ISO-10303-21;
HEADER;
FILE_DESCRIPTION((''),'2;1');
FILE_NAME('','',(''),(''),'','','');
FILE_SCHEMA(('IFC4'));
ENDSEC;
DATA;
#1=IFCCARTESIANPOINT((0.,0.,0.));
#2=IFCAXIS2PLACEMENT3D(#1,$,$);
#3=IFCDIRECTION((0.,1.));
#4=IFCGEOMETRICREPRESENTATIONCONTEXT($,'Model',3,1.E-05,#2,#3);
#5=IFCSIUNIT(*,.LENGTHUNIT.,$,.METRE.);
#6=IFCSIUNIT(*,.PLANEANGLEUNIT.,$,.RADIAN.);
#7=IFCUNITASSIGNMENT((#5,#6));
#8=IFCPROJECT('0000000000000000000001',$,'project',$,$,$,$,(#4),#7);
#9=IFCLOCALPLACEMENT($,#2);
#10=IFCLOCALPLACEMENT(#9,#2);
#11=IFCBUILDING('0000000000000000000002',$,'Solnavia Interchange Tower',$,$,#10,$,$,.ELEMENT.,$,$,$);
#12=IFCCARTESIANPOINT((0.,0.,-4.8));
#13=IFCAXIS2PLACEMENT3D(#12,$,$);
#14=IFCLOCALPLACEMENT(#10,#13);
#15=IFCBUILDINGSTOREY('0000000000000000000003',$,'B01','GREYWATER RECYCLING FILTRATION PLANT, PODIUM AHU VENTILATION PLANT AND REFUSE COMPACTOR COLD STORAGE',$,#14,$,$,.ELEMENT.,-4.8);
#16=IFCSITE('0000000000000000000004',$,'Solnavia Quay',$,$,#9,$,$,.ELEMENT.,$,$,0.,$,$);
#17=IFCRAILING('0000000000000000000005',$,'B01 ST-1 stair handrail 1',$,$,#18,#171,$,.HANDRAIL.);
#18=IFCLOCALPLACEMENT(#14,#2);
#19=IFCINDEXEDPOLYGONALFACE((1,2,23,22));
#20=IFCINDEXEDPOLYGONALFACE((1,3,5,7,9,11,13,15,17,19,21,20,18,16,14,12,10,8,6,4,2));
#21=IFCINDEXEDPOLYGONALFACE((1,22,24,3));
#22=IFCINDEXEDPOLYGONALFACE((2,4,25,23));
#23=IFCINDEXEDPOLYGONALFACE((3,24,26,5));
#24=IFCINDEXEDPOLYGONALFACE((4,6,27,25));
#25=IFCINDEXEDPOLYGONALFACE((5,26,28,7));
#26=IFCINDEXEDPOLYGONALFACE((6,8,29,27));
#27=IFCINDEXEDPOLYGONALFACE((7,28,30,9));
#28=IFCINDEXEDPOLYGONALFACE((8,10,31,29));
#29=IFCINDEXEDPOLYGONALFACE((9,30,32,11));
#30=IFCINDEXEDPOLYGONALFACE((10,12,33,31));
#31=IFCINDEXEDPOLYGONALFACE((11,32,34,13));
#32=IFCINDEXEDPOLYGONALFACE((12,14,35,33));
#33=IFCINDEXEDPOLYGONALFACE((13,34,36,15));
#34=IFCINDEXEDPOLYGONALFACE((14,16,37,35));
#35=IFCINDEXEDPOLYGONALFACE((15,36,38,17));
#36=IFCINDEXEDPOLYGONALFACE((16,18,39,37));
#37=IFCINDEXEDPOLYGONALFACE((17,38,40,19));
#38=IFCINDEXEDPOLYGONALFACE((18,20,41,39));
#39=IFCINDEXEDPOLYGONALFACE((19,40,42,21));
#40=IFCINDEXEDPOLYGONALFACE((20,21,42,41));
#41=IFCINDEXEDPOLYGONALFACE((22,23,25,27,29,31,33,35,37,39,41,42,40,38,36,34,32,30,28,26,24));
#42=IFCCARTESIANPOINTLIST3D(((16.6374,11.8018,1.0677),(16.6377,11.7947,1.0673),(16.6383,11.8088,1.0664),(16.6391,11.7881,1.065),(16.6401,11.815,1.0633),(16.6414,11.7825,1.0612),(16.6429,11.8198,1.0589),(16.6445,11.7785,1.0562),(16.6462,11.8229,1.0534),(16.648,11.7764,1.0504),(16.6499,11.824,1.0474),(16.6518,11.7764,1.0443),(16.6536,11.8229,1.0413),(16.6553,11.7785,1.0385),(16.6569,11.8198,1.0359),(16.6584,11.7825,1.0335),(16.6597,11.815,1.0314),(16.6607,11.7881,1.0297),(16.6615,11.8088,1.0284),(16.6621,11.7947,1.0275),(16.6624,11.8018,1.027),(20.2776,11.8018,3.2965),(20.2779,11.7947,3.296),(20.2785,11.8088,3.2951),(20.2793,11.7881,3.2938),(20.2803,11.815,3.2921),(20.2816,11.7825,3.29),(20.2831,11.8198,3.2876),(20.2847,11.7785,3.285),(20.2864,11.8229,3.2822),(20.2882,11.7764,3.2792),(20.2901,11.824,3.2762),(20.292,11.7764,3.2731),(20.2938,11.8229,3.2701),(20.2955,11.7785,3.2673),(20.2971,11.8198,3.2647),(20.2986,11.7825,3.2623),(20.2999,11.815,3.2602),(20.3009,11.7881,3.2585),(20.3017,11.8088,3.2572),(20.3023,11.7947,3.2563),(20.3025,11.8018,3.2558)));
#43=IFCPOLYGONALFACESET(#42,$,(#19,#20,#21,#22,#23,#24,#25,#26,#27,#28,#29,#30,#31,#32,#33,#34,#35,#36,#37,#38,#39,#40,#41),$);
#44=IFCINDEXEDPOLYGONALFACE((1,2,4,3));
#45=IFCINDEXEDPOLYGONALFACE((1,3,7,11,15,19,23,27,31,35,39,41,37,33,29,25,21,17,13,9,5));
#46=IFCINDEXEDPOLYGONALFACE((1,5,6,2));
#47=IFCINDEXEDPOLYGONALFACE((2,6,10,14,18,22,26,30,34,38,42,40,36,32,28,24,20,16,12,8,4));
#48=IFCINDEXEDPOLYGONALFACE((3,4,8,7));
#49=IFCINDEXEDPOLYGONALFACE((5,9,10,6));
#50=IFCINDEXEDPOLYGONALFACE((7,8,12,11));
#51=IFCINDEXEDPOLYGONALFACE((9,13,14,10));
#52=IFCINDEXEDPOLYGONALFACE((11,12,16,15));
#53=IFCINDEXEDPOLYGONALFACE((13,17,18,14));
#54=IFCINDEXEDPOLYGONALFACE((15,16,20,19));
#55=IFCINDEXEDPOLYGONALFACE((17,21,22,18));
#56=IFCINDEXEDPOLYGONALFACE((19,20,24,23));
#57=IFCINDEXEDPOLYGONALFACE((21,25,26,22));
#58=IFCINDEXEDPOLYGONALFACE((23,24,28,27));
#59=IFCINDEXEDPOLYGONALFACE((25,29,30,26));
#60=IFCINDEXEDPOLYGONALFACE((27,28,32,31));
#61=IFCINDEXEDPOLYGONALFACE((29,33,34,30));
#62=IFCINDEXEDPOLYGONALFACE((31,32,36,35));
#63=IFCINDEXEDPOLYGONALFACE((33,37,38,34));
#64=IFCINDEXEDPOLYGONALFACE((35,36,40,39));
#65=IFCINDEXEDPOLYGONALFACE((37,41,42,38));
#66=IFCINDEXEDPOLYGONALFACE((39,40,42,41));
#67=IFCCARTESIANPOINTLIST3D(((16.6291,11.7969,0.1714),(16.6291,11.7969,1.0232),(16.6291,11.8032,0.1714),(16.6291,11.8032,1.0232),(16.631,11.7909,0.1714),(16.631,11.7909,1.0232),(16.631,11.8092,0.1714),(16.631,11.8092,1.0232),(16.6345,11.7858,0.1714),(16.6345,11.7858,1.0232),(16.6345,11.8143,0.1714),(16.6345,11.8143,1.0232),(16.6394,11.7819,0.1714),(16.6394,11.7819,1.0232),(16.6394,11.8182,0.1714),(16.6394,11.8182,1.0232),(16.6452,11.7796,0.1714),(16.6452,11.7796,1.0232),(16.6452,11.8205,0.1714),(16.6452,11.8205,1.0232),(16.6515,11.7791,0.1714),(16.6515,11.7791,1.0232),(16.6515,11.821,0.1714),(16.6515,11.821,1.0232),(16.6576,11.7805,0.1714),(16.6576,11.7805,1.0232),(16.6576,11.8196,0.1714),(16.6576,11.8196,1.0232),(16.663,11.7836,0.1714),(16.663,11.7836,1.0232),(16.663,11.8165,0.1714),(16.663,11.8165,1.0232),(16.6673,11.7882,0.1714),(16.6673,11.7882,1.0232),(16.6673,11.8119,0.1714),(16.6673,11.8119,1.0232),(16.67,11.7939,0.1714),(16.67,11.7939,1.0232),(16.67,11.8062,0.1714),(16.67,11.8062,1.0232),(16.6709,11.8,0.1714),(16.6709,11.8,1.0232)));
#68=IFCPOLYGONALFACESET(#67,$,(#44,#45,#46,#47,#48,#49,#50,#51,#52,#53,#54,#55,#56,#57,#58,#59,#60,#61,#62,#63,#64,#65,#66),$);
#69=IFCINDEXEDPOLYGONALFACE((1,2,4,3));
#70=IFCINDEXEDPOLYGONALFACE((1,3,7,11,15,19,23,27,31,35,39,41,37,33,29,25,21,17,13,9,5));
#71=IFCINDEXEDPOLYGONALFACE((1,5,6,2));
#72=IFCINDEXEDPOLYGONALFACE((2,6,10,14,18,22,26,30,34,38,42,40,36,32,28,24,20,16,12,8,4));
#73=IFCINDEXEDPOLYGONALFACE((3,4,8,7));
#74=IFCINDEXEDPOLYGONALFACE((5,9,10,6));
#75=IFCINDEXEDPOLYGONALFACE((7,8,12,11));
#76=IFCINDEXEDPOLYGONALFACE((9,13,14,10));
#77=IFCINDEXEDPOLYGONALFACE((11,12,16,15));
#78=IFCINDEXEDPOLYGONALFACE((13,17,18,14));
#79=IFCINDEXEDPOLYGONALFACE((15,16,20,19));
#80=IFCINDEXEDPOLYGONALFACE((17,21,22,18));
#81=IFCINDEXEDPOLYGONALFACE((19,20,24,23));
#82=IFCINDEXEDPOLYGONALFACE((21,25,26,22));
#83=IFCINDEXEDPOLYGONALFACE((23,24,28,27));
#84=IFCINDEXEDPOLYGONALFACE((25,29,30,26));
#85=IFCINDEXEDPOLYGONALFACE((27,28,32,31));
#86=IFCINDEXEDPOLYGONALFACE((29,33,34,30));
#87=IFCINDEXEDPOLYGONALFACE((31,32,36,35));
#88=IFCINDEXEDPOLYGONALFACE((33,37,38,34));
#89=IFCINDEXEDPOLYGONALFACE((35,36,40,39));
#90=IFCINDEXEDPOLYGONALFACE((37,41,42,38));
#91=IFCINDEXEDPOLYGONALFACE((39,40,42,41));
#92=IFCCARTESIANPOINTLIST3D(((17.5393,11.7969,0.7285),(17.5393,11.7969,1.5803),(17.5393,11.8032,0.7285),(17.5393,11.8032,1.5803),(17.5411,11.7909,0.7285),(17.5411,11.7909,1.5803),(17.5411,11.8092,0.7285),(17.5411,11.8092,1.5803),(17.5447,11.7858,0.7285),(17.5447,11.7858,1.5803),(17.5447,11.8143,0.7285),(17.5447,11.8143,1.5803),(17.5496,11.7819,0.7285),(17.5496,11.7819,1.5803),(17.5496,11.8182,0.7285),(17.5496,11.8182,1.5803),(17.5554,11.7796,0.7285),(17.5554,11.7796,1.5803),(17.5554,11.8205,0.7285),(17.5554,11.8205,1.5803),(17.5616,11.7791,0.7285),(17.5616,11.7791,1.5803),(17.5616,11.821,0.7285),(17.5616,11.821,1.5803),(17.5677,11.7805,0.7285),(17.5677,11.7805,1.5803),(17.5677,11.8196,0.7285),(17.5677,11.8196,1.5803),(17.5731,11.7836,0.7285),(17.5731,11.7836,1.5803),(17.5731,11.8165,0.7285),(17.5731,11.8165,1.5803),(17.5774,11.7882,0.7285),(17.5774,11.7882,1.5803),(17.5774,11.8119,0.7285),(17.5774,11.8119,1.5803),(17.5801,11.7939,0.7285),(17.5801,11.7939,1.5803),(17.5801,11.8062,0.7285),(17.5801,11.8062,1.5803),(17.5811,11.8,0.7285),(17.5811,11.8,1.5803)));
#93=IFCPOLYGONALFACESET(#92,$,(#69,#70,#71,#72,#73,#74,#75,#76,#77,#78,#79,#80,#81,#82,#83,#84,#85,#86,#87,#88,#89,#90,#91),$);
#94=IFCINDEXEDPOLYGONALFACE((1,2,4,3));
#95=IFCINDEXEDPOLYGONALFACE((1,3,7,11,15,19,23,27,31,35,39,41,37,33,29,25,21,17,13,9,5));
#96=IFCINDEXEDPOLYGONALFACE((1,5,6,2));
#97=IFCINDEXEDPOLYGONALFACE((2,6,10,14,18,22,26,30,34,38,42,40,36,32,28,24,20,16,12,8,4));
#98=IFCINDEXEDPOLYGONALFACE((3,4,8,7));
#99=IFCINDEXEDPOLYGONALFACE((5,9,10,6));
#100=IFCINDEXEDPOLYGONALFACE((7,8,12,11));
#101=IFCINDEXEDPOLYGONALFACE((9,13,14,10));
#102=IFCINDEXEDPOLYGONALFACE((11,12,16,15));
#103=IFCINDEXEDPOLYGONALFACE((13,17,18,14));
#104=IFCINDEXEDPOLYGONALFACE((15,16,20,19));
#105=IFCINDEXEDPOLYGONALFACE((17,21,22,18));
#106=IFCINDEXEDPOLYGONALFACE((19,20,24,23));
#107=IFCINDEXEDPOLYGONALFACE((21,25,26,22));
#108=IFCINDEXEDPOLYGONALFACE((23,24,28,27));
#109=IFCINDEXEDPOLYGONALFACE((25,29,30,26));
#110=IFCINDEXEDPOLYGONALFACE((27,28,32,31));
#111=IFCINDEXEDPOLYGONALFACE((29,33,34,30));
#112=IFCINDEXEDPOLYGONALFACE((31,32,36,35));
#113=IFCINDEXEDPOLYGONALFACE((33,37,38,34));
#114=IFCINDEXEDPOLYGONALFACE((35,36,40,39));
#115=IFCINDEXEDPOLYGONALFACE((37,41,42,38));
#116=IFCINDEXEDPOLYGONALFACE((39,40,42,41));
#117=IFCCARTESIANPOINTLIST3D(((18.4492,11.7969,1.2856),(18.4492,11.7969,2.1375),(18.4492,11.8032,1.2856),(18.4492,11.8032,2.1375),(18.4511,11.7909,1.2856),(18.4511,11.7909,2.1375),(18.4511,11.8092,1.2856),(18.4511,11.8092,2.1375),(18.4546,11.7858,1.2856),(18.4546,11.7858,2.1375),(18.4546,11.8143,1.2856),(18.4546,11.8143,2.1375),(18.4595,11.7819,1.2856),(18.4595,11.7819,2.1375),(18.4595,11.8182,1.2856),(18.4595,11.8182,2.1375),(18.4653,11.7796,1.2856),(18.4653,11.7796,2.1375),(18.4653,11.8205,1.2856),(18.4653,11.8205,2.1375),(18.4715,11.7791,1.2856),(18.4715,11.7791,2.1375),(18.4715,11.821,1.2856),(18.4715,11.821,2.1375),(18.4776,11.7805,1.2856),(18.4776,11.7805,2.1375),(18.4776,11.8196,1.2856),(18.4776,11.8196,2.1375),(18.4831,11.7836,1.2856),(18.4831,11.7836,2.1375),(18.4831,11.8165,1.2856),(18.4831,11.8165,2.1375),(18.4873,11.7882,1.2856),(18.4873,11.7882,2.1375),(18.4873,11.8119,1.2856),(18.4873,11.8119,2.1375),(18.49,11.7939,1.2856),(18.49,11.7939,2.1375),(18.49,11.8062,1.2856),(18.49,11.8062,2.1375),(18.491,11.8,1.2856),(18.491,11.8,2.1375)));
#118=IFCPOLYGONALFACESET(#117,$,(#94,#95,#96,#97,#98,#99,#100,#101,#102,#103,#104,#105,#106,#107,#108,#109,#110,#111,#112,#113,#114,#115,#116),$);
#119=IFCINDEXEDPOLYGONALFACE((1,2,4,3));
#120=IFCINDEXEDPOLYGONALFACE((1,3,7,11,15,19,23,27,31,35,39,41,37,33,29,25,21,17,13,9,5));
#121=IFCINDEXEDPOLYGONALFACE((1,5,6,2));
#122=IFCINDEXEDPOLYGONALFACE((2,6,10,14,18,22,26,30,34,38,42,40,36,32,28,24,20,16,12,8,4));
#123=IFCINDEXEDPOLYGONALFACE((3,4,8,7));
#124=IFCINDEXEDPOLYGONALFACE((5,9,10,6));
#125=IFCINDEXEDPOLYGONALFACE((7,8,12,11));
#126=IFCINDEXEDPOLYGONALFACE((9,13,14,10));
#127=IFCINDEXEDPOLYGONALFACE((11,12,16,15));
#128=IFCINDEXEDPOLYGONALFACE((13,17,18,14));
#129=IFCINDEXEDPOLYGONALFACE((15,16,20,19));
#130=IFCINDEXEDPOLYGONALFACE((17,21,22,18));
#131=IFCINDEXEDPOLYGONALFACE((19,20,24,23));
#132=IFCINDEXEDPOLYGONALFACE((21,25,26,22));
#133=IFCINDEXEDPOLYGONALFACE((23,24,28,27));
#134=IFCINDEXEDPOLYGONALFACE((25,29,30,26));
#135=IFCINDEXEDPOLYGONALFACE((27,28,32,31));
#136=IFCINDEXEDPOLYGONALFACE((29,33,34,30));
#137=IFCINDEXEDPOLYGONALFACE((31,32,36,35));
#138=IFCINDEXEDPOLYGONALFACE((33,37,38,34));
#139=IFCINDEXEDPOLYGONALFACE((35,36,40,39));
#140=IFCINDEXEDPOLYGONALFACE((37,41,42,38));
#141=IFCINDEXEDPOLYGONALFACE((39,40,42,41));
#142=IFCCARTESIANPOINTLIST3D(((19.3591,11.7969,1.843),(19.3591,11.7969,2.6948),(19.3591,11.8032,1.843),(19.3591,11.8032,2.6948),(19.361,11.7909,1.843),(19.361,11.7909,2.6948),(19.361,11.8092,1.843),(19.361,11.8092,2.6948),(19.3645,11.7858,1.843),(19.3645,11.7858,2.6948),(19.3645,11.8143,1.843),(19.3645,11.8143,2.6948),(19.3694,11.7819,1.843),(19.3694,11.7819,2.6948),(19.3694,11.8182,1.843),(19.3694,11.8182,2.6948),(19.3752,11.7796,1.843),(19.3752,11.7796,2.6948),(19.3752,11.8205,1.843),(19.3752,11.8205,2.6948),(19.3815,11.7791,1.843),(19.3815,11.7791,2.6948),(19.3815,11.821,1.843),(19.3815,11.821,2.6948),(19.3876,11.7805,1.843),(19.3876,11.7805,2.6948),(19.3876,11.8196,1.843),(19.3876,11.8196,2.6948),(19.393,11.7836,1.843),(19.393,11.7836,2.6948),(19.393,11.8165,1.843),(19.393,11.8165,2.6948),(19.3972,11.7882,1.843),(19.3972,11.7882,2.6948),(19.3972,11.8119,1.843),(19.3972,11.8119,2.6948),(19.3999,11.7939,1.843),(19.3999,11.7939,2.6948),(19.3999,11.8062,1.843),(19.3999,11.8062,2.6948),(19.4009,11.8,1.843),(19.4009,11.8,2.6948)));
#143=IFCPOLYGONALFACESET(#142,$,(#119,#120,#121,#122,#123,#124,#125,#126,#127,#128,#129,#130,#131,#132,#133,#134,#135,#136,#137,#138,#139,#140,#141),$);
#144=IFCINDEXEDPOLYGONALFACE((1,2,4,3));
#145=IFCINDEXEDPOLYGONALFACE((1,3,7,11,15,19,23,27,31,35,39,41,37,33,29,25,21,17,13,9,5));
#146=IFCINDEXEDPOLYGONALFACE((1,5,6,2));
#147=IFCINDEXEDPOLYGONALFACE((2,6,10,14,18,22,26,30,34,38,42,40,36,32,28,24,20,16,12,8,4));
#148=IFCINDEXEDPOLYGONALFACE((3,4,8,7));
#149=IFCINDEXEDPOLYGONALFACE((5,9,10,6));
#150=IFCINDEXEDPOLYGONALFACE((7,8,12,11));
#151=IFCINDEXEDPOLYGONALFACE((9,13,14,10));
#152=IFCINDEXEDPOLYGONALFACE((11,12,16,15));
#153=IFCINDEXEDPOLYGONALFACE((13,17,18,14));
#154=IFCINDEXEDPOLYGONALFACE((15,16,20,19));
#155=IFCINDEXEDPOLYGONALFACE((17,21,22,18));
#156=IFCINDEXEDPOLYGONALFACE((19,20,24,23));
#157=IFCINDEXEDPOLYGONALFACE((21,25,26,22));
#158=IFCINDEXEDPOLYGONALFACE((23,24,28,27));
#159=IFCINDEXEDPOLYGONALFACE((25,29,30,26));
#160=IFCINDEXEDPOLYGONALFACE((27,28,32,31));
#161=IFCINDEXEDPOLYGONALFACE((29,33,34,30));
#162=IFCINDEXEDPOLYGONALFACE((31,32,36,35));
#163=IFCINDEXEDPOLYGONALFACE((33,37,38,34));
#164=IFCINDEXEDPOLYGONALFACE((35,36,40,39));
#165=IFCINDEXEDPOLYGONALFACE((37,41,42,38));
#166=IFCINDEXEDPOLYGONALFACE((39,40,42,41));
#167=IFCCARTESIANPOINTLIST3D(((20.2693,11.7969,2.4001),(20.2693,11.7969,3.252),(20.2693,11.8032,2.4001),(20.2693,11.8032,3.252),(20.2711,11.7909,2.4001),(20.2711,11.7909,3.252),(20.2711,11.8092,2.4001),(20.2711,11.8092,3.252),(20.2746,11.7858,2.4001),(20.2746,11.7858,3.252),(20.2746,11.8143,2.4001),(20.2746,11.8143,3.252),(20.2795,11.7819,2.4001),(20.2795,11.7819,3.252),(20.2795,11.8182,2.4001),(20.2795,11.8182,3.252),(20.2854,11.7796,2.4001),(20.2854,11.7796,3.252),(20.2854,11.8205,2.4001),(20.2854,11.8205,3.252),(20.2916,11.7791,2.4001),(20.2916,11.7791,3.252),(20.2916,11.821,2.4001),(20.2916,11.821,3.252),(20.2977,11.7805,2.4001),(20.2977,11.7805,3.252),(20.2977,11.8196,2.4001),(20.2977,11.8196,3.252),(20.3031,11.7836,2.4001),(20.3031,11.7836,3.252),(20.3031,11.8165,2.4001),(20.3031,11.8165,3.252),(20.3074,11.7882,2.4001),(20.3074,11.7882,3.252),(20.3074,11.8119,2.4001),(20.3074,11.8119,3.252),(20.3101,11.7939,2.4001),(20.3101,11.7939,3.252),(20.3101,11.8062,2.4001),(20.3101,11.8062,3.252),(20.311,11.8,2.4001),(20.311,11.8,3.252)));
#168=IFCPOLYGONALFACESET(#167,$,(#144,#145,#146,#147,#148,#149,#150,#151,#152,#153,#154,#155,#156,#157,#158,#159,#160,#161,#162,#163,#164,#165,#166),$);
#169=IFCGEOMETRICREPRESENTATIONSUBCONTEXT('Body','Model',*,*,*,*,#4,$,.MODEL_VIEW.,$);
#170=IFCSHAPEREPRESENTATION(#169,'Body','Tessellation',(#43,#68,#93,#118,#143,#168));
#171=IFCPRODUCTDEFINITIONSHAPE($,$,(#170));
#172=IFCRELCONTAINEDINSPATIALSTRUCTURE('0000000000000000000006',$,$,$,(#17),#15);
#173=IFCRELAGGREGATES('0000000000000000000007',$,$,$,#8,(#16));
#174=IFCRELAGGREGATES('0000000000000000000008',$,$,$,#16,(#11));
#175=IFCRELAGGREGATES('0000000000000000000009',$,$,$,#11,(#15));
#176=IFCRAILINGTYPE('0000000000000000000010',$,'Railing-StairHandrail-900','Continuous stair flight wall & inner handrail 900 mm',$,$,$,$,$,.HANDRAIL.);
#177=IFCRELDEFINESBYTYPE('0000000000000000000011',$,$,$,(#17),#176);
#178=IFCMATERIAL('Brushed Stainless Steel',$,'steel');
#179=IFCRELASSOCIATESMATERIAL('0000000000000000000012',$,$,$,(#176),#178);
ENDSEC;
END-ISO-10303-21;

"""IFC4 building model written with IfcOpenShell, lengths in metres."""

from ifc_helpers import new_model, si_unit, direction, frame, origin, origin_2d, place, context, subcontext, project, spatial, circle, extrude, material, type_object, element, save


model = new_model("IFC4")

# Units and contexts
model_context = context("Model", 3, precision=1e-05, world=origin(), true_north=direction((0.0, 1.0)))
body_context = subcontext(model_context, "Body", "Model", "MODEL_VIEW")
ifc_project = project(units=[si_unit("LENGTHUNIT", "METRE"), si_unit("PLANEANGLEUNIT", "RADIAN")], contexts=[model_context])

# Site, building, storey
site_placement = place(None, origin())
site = spatial("IfcSite", under=ifc_project, at=site_placement, Name="Solnavia Quay", CompositionType="ELEMENT", RefElevation=0.0)
building_placement = place(site_placement, origin())
building = spatial("IfcBuilding", under=site, at=building_placement, Name="Solnavia Interchange Tower", CompositionType="ELEMENT")
storey_placement = place(building_placement, frame((0.0, 0.0, -4.8)))
storey = spatial("IfcBuildingStorey", under=building, at=storey_placement, Name="B01", Description="GREYWATER RECYCLING FILTRATION PLANT, PODIUM AHU VENTILATION PLANT AND REFUSE COMPACTOR COLD STORAGE", CompositionType="ELEMENT", Elevation=-4.8)

# Railing
ifc_material_1 = material(Name="Brushed Stainless Steel", Category="steel")
railing_type_1 = type_object("IfcRailingType", Name="Railing-StairHandrail-900", Description="Continuous stair flight wall & inner handrail 900 mm", PredefinedType="HANDRAIL", material=ifc_material_1)
railing_1_placement = place(storey_placement, frame((16.6499, 11.8, 0.1714)))
element("IfcRailing", 1, at=railing_1_placement, inside=storey, type_object=railing_type_1, Name="B01 ST-1 stair handrail 1", PredefinedType="HANDRAIL", context=body_context, shape_type="SweptSolid", body=[
    extrude(circle(Radius=0.0239, at=origin_2d()), frame((0.0, 0.0, 0.876), z_axis=(0.85284, 0.0, 0.522172), x_axis=(0.0, 1.0, 0.0)), (0.0, 0.0, 1.0), 4.2683),
    extrude(circle(Radius=0.021, at=origin_2d()), origin(), (0.0, 0.0, 1.0), 0.8518),
    extrude(circle(Radius=0.021, at=origin_2d()), frame((0.9102, 0.0, 0.5571)), (0.0, 0.0, 1.0), 0.8518),
    extrude(circle(Radius=0.021, at=origin_2d()), frame((1.8201, 0.0, 1.1143)), (0.0, 0.0, 1.0), 0.8518),
    extrude(circle(Radius=0.021, at=origin_2d()), frame((2.73, 0.0, 1.6716)), (0.0, 0.0, 1.0), 0.8518),
    extrude(circle(Radius=0.021, at=origin_2d()), frame((3.6401, 0.0, 2.2288)), (0.0, 0.0, 1.0), 0.8518),
])

save(model, "model.ifc")
